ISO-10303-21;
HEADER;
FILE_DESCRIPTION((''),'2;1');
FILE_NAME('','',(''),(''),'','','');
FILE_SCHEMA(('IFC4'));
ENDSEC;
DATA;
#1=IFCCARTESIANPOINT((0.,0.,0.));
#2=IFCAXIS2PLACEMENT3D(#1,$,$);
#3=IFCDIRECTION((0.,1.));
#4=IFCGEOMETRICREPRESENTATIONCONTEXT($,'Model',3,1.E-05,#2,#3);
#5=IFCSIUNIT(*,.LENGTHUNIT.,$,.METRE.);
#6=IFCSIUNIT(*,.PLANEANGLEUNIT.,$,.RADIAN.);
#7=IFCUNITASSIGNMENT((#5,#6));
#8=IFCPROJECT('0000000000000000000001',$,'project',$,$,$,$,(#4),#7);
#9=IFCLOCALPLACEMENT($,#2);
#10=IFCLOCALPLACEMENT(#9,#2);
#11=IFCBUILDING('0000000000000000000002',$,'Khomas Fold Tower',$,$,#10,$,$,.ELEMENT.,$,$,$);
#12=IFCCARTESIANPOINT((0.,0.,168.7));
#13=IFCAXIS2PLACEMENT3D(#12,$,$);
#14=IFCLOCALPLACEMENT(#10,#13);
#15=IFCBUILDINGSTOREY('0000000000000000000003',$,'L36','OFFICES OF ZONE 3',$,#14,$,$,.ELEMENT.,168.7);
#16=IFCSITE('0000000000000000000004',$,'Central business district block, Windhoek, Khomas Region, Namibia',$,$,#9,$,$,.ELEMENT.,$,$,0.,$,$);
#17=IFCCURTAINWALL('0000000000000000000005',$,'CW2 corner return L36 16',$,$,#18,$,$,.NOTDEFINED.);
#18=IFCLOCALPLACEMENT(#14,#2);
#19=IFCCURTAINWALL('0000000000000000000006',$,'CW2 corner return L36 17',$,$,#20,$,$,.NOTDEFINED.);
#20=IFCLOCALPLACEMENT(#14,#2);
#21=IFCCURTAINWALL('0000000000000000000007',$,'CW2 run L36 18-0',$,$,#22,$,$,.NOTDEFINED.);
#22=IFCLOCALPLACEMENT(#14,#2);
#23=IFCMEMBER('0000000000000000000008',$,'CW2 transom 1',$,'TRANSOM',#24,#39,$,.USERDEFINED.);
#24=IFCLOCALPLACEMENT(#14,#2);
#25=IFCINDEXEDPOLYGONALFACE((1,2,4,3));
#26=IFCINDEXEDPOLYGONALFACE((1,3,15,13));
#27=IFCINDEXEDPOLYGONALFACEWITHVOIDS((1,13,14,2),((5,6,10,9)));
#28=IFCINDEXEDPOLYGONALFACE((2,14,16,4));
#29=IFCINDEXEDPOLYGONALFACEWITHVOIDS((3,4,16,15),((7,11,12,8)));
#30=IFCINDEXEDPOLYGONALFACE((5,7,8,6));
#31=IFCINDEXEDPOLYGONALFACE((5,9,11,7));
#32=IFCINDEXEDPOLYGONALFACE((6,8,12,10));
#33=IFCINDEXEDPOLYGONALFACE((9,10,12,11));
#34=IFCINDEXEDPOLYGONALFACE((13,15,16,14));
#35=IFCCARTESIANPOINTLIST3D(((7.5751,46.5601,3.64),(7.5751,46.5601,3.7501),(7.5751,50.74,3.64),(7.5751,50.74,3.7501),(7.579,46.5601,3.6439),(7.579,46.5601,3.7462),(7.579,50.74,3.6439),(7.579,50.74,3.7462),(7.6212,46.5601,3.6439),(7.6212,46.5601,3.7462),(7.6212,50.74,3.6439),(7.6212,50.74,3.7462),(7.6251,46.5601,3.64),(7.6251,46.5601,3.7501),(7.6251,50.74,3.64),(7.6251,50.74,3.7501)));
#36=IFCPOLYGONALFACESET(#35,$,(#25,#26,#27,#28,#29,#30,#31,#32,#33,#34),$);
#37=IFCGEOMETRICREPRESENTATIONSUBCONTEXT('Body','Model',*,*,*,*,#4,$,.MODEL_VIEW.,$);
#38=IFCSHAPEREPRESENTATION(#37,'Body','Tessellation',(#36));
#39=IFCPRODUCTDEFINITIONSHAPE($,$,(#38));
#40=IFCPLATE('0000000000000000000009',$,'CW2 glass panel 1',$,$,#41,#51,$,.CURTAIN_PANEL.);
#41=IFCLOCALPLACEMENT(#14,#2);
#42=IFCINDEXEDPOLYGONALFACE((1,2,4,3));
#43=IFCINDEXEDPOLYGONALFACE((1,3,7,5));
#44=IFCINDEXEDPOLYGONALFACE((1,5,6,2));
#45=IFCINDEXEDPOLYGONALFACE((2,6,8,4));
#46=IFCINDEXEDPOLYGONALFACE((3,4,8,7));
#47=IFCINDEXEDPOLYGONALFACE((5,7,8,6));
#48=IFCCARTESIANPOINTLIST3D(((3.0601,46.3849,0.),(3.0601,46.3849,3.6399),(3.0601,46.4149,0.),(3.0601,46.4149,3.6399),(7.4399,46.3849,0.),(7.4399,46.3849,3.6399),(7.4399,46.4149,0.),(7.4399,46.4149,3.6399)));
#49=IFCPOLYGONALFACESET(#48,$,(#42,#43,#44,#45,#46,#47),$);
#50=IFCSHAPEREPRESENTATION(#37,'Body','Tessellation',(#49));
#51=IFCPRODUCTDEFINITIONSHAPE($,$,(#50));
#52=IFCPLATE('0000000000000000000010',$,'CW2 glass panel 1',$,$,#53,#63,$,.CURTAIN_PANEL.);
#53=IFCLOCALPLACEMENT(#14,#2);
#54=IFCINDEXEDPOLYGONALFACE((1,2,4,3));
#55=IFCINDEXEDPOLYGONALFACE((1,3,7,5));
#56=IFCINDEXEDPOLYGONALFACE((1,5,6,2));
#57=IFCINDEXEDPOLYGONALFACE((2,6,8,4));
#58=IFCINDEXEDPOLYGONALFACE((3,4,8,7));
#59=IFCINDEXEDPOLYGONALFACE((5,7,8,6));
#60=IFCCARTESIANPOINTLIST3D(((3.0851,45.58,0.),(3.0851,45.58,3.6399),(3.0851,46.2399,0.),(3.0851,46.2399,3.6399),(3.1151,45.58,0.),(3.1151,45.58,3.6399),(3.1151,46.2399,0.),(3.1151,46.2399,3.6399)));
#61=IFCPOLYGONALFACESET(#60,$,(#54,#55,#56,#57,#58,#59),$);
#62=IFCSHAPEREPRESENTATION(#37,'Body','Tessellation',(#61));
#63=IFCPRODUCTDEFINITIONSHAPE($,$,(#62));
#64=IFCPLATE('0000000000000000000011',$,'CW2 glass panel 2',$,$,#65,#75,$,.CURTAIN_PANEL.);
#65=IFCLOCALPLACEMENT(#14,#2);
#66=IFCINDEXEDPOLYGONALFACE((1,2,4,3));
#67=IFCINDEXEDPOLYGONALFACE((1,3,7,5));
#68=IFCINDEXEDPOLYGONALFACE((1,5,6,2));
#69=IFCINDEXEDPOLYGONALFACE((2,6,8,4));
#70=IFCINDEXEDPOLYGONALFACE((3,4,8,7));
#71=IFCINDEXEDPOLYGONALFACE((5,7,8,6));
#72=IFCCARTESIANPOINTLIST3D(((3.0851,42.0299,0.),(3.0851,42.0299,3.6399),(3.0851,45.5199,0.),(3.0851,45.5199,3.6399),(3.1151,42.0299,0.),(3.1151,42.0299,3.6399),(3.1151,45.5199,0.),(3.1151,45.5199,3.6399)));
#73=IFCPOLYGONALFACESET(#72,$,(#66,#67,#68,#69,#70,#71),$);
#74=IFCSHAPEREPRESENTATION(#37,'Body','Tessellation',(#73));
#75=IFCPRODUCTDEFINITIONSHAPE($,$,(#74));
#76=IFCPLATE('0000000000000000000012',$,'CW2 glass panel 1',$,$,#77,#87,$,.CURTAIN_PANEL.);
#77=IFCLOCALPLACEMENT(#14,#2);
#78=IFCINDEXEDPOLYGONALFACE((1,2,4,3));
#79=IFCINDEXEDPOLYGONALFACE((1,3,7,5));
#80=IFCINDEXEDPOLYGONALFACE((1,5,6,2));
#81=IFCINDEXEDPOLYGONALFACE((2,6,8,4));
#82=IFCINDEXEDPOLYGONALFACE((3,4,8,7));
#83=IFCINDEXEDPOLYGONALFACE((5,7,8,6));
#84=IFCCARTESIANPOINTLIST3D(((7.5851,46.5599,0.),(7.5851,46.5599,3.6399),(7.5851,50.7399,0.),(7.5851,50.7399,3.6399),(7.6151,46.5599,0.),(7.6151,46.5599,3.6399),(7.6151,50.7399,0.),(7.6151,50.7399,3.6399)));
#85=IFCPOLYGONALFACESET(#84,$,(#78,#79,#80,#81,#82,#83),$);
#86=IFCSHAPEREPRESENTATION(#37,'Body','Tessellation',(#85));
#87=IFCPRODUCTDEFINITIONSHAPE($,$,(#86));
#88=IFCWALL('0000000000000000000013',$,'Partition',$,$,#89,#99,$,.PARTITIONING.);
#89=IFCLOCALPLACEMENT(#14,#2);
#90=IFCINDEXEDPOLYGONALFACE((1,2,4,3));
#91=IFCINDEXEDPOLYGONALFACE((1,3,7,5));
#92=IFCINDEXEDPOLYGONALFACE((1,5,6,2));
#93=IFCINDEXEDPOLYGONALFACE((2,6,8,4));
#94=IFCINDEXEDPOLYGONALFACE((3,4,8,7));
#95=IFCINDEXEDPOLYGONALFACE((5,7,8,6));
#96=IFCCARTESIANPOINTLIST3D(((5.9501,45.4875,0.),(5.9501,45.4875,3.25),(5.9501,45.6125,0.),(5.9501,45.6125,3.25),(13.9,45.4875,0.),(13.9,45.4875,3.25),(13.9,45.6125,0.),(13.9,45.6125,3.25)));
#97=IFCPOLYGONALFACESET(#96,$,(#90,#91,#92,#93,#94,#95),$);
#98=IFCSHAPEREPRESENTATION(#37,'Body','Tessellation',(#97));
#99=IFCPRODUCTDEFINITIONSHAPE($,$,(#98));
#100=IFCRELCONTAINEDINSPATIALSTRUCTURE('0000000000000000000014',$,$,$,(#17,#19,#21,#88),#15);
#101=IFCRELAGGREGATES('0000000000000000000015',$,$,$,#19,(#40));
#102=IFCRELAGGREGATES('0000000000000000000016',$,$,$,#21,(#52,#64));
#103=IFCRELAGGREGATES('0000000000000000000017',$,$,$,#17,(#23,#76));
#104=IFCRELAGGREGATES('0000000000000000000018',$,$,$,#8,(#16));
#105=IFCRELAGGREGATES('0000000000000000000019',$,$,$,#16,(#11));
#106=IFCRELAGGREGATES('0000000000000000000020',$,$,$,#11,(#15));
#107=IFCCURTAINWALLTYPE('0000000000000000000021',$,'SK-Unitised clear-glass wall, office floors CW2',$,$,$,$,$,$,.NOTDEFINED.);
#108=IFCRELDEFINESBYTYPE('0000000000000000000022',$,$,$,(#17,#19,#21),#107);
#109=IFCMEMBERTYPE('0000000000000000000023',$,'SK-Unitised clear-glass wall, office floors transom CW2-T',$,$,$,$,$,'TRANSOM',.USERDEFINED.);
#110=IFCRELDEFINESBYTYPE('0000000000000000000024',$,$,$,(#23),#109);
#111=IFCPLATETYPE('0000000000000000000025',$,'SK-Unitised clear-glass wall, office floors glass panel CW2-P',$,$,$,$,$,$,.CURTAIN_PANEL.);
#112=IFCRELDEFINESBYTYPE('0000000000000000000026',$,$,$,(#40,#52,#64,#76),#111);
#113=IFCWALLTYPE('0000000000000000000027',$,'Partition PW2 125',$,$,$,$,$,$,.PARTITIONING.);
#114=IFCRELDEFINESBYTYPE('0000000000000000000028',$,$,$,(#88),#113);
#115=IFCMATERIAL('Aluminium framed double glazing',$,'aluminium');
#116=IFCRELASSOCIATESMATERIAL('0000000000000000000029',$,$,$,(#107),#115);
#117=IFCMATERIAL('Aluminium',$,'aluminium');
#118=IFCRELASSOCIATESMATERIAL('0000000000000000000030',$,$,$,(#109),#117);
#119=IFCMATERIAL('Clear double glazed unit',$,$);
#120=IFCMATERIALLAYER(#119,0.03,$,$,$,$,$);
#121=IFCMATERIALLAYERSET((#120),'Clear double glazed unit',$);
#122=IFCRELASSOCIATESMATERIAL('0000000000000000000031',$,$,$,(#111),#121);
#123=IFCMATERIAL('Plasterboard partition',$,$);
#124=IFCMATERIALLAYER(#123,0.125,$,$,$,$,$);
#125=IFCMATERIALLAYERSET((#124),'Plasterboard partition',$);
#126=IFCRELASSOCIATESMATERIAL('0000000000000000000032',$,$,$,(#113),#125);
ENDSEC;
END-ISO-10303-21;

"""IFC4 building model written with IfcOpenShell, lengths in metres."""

from ifc_helpers import new_model, si_unit, direction, frame, frame_2d, origin, origin_2d, place, context, subcontext, project, spatial, rectangle, hollow_rectangle, extrude, source, transform, mapped, material, layer, layer_set, material_profile, profile_set, type_object, element, aggregate, save


model = new_model("IFC4")

# Units and contexts
model_context = context("Model", 3, precision=1e-05, world=origin(), true_north=direction((0.0, 1.0)))
body_context = subcontext(model_context, "Body", "Model", "MODEL_VIEW")
ifc_project = project(units=[si_unit("LENGTHUNIT", "METRE"), si_unit("PLANEANGLEUNIT", "RADIAN")], contexts=[model_context])

# Site, building, storey
site_placement = place(None, origin())
site = spatial("IfcSite", under=ifc_project, at=site_placement, Name="Central business district block, Windhoek, Khomas Region, Namibia", CompositionType="ELEMENT", RefElevation=0.0)
building_placement = place(site_placement, origin())
building = spatial("IfcBuilding", under=site, at=building_placement, Name="Khomas Fold Tower", CompositionType="ELEMENT")
storey_placement = place(building_placement, frame((0.0, 0.0, 168.7)))
storey = spatial("IfcBuildingStorey", under=building, at=storey_placement, Name="L36", Description="OFFICES OF ZONE 3", CompositionType="ELEMENT", Elevation=168.7)

# Curtain wall
ifc_material_1 = material(Name="Aluminium framed double glazing", Category="aluminium")
curtain_wall_type = type_object("IfcCurtainWallType", Name="SK-Unitised clear-glass wall, office floors CW2", PredefinedType="NOTDEFINED", material=ifc_material_1)
curtain_wall_1_placement = place(storey_placement, origin())
curtain_wall_1 = element("IfcCurtainWall", 1, at=curtain_wall_1_placement, inside=storey, type_object=curtain_wall_type, Name="CW2 corner return L36 16", PredefinedType="NOTDEFINED")

# Curtain wall
curtain_wall_2_placement = place(storey_placement, origin())
curtain_wall_2 = element("IfcCurtainWall", 2, at=curtain_wall_2_placement, inside=storey, type_object=curtain_wall_type, Name="CW2 corner return L36 17", PredefinedType="NOTDEFINED")

# Curtain wall
curtain_wall_3_placement = place(storey_placement, origin())
curtain_wall_3 = element("IfcCurtainWall", 3, at=curtain_wall_3_placement, inside=storey, type_object=curtain_wall_type, Name="CW2 run L36 18-0", PredefinedType="NOTDEFINED")

# Member
ifc_material_2 = material(Name="Aluminium", Category="aluminium")
ifc_material_profile_1 = material_profile(ifc_material_2, hollow_rectangle(XDim=0.05, YDim=0.1101, WallThickness=0.0039, at=origin_2d()), Name="SK-Unitised clear-glass wall, office floors transom CW2-T")
ifc_profile_set_1 = profile_set([ifc_material_profile_1], Name="Aluminium")
member_type_1 = type_object("IfcMemberType", Name="SK-Unitised clear-glass wall, office floors transom CW2-T", ElementType="TRANSOM", PredefinedType="USERDEFINED", material=ifc_profile_set_1)
shared_shape_1 = source(origin(), body_context, "Body", "SweptSolid", [
    extrude(hollow_rectangle(XDim=0.05, YDim=0.1101, WallThickness=0.0039, at=origin_2d()), origin(), (0.0, 0.0, 1.0), 4.1799),
])
member_1_placement = place(storey_placement, frame((7.6001, 50.74, 3.6951), z_axis=(0.0, -1.0, 0.0), x_axis=(1.0, 0.0, 0.0)))
member_1 = element("IfcMember", 4, at=member_1_placement, type_object=member_type_1, Name="CW2 transom 1", ObjectType="TRANSOM", PredefinedType="USERDEFINED", context=body_context, shape_type="MappedRepresentation", body=[
    mapped(shared_shape_1, transform((0.0, 0.0, 0.0))),
])

# Plates
ifc_material_3 = material(Name="Clear double glazed unit")
ifc_layer_1 = layer(ifc_material_3, 0.03)
ifc_layer_set_1 = layer_set([ifc_layer_1], Name="Clear double glazed unit")
plate_type = type_object("IfcPlateType", Name="SK-Unitised clear-glass wall, office floors glass panel CW2-P", PredefinedType="CURTAIN_PANEL", material=ifc_layer_set_1)
shared_shape_2 = source(origin(), body_context, "Body", "SweptSolid", [
    extrude(rectangle(XDim=4.3799, YDim=0.03, at=origin_2d()), origin(), (0.0, 0.0, 1.0), 3.6399),
])
plate_1_placement = place(storey_placement, frame((5.25, 46.3999, 0.0), z_axis=(0.0, 0.0, 1.0), x_axis=(-1.0, 0.0, 0.0)))
plate_1 = element("IfcPlate", 5, at=plate_1_placement, type_object=plate_type, Name="CW2 glass panel 1", PredefinedType="CURTAIN_PANEL", context=body_context, shape_type="MappedRepresentation", body=[
    mapped(shared_shape_2, transform((0.0, 0.0, 0.0))),
])
aggregate(curtain_wall_2, [plate_1])
shared_shape_3 = source(origin(), body_context, "Body", "SweptSolid", [
    extrude(rectangle(XDim=0.6599, YDim=0.03, at=origin_2d()), origin(), (0.0, 0.0, 1.0), 3.6399),
])
plate_2_placement = place(storey_placement, frame((3.1001, 45.9099, 0.0), z_axis=(0.0, 0.0, 1.0), x_axis=(0.0, -1.0, 0.0)))
plate_2 = element("IfcPlate", 6, at=plate_2_placement, type_object=plate_type, Name="CW2 glass panel 1", PredefinedType="CURTAIN_PANEL", context=body_context, shape_type="MappedRepresentation", body=[
    mapped(shared_shape_3, transform((0.0, 0.0, 0.0))),
])
shared_shape_4 = source(origin(), body_context, "Body", "SweptSolid", [
    extrude(rectangle(XDim=3.49, YDim=0.03, at=origin_2d()), origin(), (0.0, 0.0, 1.0), 3.6399),
])
plate_3_placement = place(storey_placement, frame((3.1001, 43.7749, 0.0), z_axis=(0.0, 0.0, 1.0), x_axis=(0.0, -1.0, 0.0)))
plate_3 = element("IfcPlate", 7, at=plate_3_placement, type_object=plate_type, Name="CW2 glass panel 2", PredefinedType="CURTAIN_PANEL", context=body_context, shape_type="MappedRepresentation", body=[
    mapped(shared_shape_4, transform((0.0, 0.0, 0.0))),
])
aggregate(curtain_wall_3, [plate_2, plate_3])
shared_shape_5 = source(origin(), body_context, "Body", "SweptSolid", [
    extrude(rectangle(XDim=4.1799, YDim=0.03, at=origin_2d()), origin(), (0.0, 0.0, 1.0), 3.6399),
])
plate_4_placement = place(storey_placement, frame((7.6001, 48.6499, 0.0), z_axis=(0.0, 0.0, 1.0), x_axis=(0.0, -1.0, 0.0)))
plate_4 = element("IfcPlate", 8, at=plate_4_placement, type_object=plate_type, Name="CW2 glass panel 1", PredefinedType="CURTAIN_PANEL", context=body_context, shape_type="MappedRepresentation", body=[
    mapped(shared_shape_5, transform((0.0, 0.0, 0.0))),
])
aggregate(curtain_wall_1, [member_1, plate_4])

# Wall
ifc_material_4 = material(Name="Plasterboard partition")
ifc_layer_2 = layer(ifc_material_4, 0.125)
ifc_layer_set_2 = layer_set([ifc_layer_2], Name="Plasterboard partition")
wall_type = type_object("IfcWallType", Name="Partition PW2 125", PredefinedType="PARTITIONING", material=ifc_layer_set_2)
shared_shape_6 = source(origin(), body_context, "Body", "SweptSolid", [
    extrude(rectangle(XDim=7.95, YDim=0.125, at=frame_2d((3.9751, 0.0))), origin(), (0.0, 0.0, 1.0), 3.25),
])
wall_placement = place(storey_placement, frame((5.95, 45.55, 0.0), z_axis=(0.0, 0.0, 1.0), x_axis=(1.0, 0.0, 0.0)))
element("IfcWall", 9, at=wall_placement, inside=storey, type_object=wall_type, Name="Partition", PredefinedType="PARTITIONING", context=body_context, shape_type="MappedRepresentation", body=[
    mapped(shared_shape_6, transform((0.0, 0.0, 0.0))),
])

save(model, "model.ifc")
